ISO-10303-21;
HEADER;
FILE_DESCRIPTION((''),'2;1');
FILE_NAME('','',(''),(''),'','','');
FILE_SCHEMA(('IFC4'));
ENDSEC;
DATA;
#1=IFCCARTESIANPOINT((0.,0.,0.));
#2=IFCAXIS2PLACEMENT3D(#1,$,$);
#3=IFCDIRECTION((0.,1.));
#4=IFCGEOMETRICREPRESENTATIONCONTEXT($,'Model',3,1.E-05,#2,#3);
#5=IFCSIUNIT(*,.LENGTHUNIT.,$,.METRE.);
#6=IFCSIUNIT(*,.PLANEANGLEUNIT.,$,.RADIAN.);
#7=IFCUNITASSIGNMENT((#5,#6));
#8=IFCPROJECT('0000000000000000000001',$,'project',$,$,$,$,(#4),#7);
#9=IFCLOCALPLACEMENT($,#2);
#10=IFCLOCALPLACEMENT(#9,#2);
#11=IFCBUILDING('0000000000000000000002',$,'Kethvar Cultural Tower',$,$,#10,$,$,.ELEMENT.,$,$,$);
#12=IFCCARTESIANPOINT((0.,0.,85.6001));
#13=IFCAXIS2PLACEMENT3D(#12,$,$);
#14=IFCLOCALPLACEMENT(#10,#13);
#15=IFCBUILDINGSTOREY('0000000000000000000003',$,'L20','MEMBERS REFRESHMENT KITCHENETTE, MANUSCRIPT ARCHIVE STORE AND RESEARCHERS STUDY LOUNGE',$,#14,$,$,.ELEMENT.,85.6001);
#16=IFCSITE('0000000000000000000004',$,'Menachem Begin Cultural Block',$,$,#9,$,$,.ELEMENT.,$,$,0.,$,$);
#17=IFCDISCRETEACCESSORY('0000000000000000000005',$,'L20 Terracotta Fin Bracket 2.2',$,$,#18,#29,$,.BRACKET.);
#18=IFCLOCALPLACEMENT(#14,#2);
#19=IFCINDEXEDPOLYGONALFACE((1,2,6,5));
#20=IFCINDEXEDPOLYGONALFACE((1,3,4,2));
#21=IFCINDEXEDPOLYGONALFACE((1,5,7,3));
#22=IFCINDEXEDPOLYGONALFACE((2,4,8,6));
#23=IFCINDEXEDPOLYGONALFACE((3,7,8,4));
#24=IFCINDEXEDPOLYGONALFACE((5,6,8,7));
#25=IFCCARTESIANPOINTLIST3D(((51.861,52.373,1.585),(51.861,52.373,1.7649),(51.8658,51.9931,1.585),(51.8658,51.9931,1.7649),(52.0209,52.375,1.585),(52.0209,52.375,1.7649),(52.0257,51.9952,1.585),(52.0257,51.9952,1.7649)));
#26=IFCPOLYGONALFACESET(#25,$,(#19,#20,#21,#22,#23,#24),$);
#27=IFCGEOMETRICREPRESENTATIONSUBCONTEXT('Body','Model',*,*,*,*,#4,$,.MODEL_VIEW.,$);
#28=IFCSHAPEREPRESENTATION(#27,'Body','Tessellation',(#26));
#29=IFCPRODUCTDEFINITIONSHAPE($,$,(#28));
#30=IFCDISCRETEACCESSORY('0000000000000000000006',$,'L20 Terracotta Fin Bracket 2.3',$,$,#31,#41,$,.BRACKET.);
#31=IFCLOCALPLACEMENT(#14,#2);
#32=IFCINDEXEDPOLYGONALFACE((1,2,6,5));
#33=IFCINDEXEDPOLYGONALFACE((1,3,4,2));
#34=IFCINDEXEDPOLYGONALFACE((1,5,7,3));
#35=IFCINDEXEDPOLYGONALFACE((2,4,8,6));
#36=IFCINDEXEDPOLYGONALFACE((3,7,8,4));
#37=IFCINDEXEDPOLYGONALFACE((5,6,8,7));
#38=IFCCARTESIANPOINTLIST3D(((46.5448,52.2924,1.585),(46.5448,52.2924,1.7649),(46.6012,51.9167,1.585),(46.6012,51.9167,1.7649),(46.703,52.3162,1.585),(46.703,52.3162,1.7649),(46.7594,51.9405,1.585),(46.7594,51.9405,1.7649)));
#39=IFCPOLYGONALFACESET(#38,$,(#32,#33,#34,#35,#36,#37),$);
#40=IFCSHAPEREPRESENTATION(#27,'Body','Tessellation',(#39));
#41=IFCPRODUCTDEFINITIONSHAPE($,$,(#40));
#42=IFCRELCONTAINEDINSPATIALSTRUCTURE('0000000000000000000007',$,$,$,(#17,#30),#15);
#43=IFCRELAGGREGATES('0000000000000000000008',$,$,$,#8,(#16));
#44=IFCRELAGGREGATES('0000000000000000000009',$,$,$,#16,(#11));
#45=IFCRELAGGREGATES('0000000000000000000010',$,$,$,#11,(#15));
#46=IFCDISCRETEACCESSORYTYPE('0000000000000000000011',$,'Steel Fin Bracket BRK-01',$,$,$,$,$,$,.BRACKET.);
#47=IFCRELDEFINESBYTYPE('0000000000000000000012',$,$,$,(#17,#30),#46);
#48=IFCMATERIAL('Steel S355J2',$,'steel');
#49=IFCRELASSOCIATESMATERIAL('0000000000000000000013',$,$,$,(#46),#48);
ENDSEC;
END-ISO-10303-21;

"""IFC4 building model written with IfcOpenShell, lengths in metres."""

from ifc_helpers import new_model, si_unit, direction, frame, origin, origin_2d, place, context, subcontext, project, spatial, rectangle, extrude, source, transform, mapped, material, type_object, element, save


model = new_model("IFC4")

# Units and contexts
model_context = context("Model", 3, precision=1e-05, world=origin(), true_north=direction((0.0, 1.0)))
body_context = subcontext(model_context, "Body", "Model", "MODEL_VIEW")
ifc_project = project(units=[si_unit("LENGTHUNIT", "METRE"), si_unit("PLANEANGLEUNIT", "RADIAN")], contexts=[model_context])

# Site, building, storey
site_placement = place(None, origin())
site = spatial("IfcSite", under=ifc_project, at=site_placement, Name="Menachem Begin Cultural Block", CompositionType="ELEMENT", RefElevation=0.0)
building_placement = place(site_placement, origin())
building = spatial("IfcBuilding", under=site, at=building_placement, Name="Kethvar Cultural Tower", CompositionType="ELEMENT")
storey_placement = place(building_placement, frame((0.0, 0.0, 85.6001)))
storey = spatial("IfcBuildingStorey", under=building, at=storey_placement, Name="L20", Description="MEMBERS REFRESHMENT KITCHENETTE, MANUSCRIPT ARCHIVE STORE AND RESEARCHERS STUDY LOUNGE", CompositionType="ELEMENT", Elevation=85.6001)

# Shared definitions
ifc_material_1 = material(Name="Steel S355J2", Category="steel")

# Discrete accessories
discrete_accessory_type = type_object("IfcDiscreteAccessoryType", Name="Steel Fin Bracket BRK-01", PredefinedType="BRACKET", material=ifc_material_1)
shared_shape_1 = source(origin(), body_context, "Body", "SweptSolid", [
    extrude(rectangle(XDim=0.3799, YDim=0.1599, at=origin_2d()), origin(), (0.0, 0.0, 1.0), 0.1799),
])
for number, where, z_axis, x_axis, name in (
    (1, (51.9434, 52.1841, 1.585), (0.0, 0.0, 1.0), (-0.012741, 0.999919, 0.0), "L20 Terracotta Fin Bracket 2.2"),
    (2, (46.6521, 52.1165, 1.585), (0.0, 0.0, 1.0), (-0.1485, 0.988912, 0.0), "L20 Terracotta Fin Bracket 2.3"),
):
    element("IfcDiscreteAccessory", number, at=place(storey_placement, frame(where, z_axis=z_axis, x_axis=x_axis)), inside=storey, type_object=discrete_accessory_type, Name=name, PredefinedType="BRACKET", context=body_context, shape_type="MappedRepresentation", body=[
        mapped(shared_shape_1, transform((0.0, 0.0, 0.0), scale=1.0)),
    ])

save(model, "model.ifc")
